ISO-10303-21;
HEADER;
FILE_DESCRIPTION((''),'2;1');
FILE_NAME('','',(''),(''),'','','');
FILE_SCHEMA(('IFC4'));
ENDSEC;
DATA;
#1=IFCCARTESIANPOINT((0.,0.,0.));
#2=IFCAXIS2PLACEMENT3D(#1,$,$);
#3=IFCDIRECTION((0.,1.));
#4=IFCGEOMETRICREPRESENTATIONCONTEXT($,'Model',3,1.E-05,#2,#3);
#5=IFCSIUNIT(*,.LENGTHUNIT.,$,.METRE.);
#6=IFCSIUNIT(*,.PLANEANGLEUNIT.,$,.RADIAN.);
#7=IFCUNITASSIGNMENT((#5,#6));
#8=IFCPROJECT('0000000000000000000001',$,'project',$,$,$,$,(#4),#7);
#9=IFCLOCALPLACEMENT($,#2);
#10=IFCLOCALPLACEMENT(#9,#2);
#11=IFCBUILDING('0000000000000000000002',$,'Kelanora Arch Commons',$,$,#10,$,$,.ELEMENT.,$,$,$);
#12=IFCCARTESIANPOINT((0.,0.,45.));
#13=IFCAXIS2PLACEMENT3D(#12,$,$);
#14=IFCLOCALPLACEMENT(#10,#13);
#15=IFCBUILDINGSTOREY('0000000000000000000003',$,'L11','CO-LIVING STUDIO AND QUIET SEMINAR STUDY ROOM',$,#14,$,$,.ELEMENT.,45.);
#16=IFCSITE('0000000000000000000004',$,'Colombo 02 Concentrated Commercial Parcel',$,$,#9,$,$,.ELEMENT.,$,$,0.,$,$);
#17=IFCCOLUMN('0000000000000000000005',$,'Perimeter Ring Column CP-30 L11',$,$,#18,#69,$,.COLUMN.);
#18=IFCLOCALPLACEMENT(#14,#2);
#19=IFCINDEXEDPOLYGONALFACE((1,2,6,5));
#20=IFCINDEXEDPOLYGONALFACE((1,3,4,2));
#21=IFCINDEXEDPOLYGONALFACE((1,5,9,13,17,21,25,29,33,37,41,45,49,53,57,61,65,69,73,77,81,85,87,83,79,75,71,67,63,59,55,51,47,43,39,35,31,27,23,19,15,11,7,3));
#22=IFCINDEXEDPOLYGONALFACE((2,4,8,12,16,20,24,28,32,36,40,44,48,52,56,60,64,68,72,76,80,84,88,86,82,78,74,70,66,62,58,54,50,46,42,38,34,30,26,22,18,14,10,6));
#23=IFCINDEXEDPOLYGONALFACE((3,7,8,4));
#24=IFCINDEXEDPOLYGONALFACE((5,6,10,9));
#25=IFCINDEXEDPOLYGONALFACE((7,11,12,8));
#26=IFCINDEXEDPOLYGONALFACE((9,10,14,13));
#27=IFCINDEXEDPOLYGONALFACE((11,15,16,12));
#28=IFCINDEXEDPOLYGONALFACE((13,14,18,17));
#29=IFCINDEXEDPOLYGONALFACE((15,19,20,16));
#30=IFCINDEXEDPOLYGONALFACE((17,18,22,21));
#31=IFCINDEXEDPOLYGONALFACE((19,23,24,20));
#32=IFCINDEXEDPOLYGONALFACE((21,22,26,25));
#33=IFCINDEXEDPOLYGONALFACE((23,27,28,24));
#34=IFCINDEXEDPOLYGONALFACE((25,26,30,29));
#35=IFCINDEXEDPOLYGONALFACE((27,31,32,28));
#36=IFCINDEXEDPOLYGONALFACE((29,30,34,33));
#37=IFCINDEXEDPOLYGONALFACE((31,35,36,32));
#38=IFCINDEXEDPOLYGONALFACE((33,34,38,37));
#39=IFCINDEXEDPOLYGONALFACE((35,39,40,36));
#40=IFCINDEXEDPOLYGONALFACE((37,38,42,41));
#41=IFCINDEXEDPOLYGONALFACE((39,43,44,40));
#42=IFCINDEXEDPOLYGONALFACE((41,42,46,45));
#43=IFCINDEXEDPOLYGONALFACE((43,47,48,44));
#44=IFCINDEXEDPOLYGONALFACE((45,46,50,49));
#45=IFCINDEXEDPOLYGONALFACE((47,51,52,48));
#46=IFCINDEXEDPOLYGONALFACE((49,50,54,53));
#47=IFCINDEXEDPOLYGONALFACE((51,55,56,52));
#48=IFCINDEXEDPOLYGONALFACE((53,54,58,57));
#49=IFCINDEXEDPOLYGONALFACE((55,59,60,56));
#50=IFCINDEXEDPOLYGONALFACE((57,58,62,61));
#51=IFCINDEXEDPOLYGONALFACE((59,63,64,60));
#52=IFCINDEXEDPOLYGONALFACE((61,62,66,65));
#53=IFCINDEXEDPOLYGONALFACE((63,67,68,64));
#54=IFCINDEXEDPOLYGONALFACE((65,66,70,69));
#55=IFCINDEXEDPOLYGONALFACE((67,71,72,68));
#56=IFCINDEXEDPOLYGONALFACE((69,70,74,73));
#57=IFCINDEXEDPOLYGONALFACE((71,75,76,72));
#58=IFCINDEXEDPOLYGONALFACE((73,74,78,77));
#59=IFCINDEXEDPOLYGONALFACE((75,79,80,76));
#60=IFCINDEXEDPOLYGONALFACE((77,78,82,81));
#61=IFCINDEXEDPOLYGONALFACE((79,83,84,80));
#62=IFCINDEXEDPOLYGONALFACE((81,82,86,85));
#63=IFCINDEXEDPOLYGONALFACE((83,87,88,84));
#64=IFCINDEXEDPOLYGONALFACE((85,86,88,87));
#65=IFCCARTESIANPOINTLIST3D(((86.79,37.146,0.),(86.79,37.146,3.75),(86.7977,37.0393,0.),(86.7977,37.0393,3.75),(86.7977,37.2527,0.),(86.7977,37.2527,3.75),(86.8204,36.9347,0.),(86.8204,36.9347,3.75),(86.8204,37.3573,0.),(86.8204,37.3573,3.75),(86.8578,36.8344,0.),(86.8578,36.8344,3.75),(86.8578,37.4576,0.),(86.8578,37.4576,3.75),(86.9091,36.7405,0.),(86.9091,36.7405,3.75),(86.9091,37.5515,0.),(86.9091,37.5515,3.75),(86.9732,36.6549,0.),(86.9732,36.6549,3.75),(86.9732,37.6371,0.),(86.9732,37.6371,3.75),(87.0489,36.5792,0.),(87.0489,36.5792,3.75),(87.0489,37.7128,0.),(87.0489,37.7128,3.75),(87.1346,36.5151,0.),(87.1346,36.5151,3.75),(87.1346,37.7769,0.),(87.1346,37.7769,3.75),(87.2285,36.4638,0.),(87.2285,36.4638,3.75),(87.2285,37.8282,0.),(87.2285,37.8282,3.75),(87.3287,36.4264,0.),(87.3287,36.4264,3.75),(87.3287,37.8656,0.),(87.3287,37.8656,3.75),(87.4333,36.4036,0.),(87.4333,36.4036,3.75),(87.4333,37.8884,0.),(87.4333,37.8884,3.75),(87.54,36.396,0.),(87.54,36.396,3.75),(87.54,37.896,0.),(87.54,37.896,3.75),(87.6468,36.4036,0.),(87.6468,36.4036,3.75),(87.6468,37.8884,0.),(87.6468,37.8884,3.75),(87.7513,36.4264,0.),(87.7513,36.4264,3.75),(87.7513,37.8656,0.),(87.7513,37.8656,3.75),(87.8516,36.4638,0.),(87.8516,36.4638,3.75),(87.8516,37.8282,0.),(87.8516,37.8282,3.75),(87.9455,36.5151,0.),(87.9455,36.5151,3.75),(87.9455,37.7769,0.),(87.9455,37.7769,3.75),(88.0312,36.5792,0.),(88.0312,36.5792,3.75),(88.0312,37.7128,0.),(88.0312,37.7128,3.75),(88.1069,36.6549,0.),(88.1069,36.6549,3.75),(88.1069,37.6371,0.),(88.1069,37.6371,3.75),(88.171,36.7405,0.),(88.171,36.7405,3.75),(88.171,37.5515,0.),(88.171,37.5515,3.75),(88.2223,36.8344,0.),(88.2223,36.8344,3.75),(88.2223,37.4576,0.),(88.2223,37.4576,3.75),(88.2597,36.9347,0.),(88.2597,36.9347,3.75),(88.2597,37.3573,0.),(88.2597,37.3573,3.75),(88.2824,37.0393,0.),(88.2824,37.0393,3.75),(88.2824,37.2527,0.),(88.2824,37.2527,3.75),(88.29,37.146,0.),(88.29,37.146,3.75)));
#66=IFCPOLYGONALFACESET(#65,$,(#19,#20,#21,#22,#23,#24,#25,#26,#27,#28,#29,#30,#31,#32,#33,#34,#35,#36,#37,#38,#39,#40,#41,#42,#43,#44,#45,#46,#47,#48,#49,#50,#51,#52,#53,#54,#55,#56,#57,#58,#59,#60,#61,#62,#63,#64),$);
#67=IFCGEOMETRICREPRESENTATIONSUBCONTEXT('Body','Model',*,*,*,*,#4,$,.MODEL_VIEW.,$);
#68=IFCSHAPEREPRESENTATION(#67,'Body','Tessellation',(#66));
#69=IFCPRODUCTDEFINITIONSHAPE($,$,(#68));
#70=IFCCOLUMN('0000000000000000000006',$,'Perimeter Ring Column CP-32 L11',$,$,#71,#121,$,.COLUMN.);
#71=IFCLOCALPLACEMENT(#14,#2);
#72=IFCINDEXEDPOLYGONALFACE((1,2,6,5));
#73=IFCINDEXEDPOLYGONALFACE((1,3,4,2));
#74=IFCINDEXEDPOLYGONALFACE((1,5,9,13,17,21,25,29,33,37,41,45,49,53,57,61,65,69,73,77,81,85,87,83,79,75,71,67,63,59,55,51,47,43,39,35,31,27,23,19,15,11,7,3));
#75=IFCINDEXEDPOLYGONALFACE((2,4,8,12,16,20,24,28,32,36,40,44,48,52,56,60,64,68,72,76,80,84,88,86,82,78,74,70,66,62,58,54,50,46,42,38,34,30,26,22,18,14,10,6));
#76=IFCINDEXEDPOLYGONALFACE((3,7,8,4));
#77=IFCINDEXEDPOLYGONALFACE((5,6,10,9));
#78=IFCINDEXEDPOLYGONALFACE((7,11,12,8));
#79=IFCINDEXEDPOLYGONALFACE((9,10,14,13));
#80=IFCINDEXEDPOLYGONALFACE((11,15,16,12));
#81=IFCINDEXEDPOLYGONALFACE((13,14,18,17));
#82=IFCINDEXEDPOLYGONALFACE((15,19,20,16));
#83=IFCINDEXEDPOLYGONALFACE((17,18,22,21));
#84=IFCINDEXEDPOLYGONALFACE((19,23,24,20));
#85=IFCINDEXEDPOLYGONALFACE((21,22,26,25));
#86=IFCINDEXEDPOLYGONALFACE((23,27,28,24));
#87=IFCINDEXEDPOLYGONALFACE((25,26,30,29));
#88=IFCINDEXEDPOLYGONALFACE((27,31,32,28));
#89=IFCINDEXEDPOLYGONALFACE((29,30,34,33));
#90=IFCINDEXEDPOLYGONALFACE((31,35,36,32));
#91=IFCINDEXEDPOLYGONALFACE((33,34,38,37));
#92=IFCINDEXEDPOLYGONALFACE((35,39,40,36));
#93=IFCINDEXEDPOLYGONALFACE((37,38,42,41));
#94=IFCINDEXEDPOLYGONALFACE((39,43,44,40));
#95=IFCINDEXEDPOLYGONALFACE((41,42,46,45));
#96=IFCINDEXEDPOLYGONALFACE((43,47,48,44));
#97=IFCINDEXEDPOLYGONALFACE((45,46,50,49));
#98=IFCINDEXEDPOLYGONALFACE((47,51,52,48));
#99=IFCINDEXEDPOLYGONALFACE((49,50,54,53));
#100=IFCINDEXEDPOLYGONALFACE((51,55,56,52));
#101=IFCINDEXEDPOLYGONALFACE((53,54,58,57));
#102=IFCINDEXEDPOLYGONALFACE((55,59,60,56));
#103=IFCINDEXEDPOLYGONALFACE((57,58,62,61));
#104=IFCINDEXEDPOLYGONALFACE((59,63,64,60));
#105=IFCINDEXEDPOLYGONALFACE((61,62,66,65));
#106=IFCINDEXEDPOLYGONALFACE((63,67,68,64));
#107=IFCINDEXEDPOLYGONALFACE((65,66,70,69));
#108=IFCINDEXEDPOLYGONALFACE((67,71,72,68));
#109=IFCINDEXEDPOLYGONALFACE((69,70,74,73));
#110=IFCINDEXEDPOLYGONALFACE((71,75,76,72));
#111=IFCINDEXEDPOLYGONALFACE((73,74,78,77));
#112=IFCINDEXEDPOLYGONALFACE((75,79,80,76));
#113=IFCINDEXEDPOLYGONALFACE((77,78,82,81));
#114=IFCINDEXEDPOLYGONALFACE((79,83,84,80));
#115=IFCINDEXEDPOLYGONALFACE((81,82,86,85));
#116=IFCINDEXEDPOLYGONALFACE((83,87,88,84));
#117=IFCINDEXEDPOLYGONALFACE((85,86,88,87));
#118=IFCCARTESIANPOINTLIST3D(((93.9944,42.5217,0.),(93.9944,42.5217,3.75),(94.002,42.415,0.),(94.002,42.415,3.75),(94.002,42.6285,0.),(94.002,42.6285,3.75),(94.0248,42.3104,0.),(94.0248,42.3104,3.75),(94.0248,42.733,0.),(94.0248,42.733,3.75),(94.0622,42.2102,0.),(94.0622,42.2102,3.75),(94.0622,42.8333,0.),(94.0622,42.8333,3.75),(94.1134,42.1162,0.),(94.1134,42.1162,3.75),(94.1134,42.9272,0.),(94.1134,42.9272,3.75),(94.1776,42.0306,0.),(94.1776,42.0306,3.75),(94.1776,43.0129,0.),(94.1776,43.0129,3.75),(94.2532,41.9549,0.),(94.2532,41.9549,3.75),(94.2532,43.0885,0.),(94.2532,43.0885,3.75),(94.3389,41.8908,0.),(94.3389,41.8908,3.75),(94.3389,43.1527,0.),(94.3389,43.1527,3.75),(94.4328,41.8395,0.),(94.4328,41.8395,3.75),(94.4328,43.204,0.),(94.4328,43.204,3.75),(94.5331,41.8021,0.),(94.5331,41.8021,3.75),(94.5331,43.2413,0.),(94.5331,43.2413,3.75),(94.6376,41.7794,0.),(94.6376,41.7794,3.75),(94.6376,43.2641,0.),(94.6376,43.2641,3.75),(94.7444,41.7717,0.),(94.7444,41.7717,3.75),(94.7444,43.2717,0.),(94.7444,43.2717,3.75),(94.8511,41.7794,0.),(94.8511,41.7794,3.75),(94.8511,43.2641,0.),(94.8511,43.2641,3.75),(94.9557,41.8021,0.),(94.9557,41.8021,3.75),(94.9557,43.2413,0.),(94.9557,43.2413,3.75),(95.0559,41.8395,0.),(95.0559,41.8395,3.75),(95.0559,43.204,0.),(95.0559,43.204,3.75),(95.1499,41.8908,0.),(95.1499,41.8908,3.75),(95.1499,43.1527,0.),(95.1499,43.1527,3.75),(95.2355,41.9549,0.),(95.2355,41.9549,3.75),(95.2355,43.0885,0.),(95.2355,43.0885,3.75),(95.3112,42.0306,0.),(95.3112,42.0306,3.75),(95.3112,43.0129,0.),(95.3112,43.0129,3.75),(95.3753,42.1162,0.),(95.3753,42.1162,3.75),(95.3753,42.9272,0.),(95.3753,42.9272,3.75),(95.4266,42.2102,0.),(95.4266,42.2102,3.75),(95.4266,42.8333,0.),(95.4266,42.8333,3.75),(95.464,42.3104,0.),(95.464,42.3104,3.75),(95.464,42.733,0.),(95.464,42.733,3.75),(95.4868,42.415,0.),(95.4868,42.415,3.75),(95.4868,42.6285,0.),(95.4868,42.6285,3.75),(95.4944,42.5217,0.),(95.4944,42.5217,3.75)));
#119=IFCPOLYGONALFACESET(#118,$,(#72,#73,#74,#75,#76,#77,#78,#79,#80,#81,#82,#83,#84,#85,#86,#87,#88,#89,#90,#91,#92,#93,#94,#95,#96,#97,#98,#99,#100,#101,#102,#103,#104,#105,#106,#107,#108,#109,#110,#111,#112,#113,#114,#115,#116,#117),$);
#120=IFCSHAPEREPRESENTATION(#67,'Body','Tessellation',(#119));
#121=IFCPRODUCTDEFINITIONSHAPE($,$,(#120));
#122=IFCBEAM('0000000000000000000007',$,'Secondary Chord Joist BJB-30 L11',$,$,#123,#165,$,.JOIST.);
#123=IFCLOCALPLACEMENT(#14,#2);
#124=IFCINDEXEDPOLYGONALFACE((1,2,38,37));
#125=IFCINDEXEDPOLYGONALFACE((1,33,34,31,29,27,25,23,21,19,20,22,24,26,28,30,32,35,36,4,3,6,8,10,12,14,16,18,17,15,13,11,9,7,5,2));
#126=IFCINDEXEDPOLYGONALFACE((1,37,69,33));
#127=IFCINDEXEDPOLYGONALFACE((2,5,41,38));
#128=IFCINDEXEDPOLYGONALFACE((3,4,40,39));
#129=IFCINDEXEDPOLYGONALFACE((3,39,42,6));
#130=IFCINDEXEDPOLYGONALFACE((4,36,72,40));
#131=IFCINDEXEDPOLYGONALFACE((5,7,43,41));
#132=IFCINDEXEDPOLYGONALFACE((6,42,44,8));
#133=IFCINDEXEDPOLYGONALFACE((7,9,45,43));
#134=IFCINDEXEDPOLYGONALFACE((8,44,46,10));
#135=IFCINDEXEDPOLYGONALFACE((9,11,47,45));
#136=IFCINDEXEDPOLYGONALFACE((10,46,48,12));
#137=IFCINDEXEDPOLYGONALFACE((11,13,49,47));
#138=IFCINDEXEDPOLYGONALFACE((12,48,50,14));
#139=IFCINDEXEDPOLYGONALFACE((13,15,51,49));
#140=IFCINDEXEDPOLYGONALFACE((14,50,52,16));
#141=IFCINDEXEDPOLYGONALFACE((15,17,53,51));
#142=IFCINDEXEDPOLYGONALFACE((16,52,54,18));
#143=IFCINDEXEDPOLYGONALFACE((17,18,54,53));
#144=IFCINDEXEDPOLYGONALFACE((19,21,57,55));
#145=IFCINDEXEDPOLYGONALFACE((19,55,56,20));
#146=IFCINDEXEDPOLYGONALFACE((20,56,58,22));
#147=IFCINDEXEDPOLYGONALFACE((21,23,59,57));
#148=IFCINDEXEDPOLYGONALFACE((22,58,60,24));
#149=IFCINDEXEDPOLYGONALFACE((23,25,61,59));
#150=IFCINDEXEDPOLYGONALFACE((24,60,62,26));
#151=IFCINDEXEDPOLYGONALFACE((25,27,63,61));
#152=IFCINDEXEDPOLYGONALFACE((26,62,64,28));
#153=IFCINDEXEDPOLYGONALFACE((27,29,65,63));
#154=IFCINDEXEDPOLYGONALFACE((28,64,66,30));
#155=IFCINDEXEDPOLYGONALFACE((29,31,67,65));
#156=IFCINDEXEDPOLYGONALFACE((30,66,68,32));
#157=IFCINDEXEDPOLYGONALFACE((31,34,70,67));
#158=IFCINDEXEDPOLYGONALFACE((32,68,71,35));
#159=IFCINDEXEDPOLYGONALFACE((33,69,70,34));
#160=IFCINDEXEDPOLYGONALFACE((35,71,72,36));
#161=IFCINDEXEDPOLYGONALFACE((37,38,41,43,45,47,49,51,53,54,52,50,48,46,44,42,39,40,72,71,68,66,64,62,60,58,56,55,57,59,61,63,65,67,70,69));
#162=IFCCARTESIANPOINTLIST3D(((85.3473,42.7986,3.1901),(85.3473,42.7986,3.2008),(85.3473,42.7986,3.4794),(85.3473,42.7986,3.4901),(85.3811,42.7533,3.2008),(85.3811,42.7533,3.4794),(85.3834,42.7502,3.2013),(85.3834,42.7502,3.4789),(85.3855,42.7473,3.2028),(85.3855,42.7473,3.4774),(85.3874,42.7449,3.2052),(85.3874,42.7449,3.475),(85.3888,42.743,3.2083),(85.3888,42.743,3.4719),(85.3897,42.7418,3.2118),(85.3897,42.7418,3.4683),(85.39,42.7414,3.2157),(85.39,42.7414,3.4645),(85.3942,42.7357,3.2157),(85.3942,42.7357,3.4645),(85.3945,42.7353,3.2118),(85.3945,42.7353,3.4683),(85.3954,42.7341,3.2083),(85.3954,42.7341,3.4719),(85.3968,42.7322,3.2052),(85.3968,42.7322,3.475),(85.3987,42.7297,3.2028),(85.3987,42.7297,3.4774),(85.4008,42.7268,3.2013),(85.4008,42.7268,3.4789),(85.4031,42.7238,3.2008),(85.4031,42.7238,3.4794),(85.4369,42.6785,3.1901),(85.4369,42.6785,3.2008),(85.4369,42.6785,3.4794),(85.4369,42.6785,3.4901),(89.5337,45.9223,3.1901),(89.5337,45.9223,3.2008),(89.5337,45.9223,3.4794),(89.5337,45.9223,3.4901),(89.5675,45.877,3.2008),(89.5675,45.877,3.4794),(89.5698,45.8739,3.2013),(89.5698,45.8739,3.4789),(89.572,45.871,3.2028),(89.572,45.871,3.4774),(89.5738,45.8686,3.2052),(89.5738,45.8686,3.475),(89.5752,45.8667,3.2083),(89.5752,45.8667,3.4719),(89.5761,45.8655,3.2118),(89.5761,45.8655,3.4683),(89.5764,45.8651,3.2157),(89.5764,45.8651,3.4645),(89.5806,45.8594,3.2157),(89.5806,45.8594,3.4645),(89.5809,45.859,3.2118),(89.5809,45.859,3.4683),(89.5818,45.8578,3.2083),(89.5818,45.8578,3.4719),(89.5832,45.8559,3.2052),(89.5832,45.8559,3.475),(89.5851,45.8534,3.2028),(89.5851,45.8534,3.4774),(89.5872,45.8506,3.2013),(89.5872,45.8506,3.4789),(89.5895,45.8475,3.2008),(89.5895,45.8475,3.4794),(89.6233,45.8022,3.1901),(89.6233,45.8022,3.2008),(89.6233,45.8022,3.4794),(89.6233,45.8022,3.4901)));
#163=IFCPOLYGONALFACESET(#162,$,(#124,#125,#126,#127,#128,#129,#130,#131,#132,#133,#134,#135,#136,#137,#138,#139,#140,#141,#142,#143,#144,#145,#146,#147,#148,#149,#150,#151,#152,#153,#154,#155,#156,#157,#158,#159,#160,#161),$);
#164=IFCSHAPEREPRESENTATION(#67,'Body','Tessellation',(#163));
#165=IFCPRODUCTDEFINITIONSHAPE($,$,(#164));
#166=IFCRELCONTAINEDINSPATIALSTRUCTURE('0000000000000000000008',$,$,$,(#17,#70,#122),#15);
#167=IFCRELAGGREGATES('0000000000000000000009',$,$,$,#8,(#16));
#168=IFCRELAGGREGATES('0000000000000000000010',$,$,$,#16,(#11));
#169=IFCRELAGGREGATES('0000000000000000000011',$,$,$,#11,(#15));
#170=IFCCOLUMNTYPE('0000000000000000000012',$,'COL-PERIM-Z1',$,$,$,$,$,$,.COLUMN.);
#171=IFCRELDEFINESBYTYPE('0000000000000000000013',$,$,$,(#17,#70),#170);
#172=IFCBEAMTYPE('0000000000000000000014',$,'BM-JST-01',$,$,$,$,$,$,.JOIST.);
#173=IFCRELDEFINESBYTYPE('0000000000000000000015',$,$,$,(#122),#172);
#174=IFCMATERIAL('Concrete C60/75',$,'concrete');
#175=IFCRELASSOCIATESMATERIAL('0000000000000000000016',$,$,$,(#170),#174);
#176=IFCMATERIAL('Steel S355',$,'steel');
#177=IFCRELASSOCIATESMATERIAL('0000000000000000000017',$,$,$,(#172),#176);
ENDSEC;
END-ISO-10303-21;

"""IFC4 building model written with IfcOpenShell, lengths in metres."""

from ifc_helpers import new_model, si_unit, direction, frame, origin, origin_2d, place, context, subcontext, project, spatial, circle, i_section, extrude, material, material_profile, profile_set, type_object, element, save


model = new_model("IFC4")

# Units and contexts
model_context = context("Model", 3, precision=1e-05, world=origin(), true_north=direction((0.0, 1.0)))
body_context = subcontext(model_context, "Body", "Model", "MODEL_VIEW")
ifc_project = project(units=[si_unit("LENGTHUNIT", "METRE"), si_unit("PLANEANGLEUNIT", "RADIAN")], contexts=[model_context])

# Site, building, storey
site_placement = place(None, origin())
site = spatial("IfcSite", under=ifc_project, at=site_placement, Name="Colombo 02 Concentrated Commercial Parcel", CompositionType="ELEMENT", RefElevation=0.0)
building_placement = place(site_placement, origin())
building = spatial("IfcBuilding", under=site, at=building_placement, Name="Kelanora Arch Commons", CompositionType="ELEMENT")
storey_placement = place(building_placement, frame((0.0, 0.0, 45.0)))
storey = spatial("IfcBuildingStorey", under=building, at=storey_placement, Name="L11", Description="CO-LIVING STUDIO AND QUIET SEMINAR STUDY ROOM", CompositionType="ELEMENT", Elevation=45.0)

# Columns
ifc_material_1 = material(Name="Concrete C60/75", Category="concrete")
ifc_material_profile_1 = material_profile(ifc_material_1, circle(Radius=0.75, at=origin_2d()), Name="RCC1500")
ifc_profile_set_1 = profile_set([ifc_material_profile_1], Name="Concrete C60/75")
column_type = type_object("IfcColumnType", Name="COL-PERIM-Z1", PredefinedType="COLUMN", material=ifc_profile_set_1)
for number, where, z_axis, x_axis, name in (
    (1, (87.54, 37.146, 0.0), (0.0, 0.0, 1.0), (1.0, 0.0, 0.0), "Perimeter Ring Column CP-30 L11"),
    (2, (94.7444, 42.5217, 0.0), (0.0, 0.0, 1.0), (1.0, 0.0, 0.0), "Perimeter Ring Column CP-32 L11"),
):
    element("IfcColumn", number, at=place(storey_placement, frame(where, z_axis=z_axis, x_axis=x_axis)), inside=storey, type_object=column_type, Name=name, PredefinedType="COLUMN", context=body_context, shape_type="SweptSolid", body=[
        extrude(circle(Radius=0.75, at=origin_2d()), origin(), (0.0, 0.0, 1.0), 3.75),
    ])

# Beam
ifc_material_2 = material(Name="Steel S355", Category="steel")
ifc_material_profile_2 = material_profile(ifc_material_2, i_section(OverallWidth=0.1499, OverallDepth=0.3, WebThickness=0.0071, FlangeThickness=0.0107, FilletRadius=0.0149, at=origin_2d()), Name="IPE300")
ifc_profile_set_2 = profile_set([ifc_material_profile_2], Name="Steel S355")
beam_type_1 = type_object("IfcBeamType", Name="BM-JST-01", PredefinedType="JOIST", material=ifc_profile_set_2)
beam_1_placement = place(storey_placement, frame((85.3921, 42.7385, 3.3401), z_axis=(0.801478, 0.598024, 0.0), x_axis=(-0.598024, 0.801478, 0.0)))
element("IfcBeam", 3, at=beam_1_placement, inside=storey, type_object=beam_type_1, Name="Secondary Chord Joist BJB-30 L11", PredefinedType="JOIST", context=body_context, shape_type="SweptSolid", body=[
    extrude(i_section(OverallWidth=0.1499, OverallDepth=0.3, WebThickness=0.0071, FlangeThickness=0.0107, FilletRadius=0.0149, at=origin_2d()), origin(), (0.0, 0.0, 1.0), 5.2234),
])

save(model, "model.ifc")
